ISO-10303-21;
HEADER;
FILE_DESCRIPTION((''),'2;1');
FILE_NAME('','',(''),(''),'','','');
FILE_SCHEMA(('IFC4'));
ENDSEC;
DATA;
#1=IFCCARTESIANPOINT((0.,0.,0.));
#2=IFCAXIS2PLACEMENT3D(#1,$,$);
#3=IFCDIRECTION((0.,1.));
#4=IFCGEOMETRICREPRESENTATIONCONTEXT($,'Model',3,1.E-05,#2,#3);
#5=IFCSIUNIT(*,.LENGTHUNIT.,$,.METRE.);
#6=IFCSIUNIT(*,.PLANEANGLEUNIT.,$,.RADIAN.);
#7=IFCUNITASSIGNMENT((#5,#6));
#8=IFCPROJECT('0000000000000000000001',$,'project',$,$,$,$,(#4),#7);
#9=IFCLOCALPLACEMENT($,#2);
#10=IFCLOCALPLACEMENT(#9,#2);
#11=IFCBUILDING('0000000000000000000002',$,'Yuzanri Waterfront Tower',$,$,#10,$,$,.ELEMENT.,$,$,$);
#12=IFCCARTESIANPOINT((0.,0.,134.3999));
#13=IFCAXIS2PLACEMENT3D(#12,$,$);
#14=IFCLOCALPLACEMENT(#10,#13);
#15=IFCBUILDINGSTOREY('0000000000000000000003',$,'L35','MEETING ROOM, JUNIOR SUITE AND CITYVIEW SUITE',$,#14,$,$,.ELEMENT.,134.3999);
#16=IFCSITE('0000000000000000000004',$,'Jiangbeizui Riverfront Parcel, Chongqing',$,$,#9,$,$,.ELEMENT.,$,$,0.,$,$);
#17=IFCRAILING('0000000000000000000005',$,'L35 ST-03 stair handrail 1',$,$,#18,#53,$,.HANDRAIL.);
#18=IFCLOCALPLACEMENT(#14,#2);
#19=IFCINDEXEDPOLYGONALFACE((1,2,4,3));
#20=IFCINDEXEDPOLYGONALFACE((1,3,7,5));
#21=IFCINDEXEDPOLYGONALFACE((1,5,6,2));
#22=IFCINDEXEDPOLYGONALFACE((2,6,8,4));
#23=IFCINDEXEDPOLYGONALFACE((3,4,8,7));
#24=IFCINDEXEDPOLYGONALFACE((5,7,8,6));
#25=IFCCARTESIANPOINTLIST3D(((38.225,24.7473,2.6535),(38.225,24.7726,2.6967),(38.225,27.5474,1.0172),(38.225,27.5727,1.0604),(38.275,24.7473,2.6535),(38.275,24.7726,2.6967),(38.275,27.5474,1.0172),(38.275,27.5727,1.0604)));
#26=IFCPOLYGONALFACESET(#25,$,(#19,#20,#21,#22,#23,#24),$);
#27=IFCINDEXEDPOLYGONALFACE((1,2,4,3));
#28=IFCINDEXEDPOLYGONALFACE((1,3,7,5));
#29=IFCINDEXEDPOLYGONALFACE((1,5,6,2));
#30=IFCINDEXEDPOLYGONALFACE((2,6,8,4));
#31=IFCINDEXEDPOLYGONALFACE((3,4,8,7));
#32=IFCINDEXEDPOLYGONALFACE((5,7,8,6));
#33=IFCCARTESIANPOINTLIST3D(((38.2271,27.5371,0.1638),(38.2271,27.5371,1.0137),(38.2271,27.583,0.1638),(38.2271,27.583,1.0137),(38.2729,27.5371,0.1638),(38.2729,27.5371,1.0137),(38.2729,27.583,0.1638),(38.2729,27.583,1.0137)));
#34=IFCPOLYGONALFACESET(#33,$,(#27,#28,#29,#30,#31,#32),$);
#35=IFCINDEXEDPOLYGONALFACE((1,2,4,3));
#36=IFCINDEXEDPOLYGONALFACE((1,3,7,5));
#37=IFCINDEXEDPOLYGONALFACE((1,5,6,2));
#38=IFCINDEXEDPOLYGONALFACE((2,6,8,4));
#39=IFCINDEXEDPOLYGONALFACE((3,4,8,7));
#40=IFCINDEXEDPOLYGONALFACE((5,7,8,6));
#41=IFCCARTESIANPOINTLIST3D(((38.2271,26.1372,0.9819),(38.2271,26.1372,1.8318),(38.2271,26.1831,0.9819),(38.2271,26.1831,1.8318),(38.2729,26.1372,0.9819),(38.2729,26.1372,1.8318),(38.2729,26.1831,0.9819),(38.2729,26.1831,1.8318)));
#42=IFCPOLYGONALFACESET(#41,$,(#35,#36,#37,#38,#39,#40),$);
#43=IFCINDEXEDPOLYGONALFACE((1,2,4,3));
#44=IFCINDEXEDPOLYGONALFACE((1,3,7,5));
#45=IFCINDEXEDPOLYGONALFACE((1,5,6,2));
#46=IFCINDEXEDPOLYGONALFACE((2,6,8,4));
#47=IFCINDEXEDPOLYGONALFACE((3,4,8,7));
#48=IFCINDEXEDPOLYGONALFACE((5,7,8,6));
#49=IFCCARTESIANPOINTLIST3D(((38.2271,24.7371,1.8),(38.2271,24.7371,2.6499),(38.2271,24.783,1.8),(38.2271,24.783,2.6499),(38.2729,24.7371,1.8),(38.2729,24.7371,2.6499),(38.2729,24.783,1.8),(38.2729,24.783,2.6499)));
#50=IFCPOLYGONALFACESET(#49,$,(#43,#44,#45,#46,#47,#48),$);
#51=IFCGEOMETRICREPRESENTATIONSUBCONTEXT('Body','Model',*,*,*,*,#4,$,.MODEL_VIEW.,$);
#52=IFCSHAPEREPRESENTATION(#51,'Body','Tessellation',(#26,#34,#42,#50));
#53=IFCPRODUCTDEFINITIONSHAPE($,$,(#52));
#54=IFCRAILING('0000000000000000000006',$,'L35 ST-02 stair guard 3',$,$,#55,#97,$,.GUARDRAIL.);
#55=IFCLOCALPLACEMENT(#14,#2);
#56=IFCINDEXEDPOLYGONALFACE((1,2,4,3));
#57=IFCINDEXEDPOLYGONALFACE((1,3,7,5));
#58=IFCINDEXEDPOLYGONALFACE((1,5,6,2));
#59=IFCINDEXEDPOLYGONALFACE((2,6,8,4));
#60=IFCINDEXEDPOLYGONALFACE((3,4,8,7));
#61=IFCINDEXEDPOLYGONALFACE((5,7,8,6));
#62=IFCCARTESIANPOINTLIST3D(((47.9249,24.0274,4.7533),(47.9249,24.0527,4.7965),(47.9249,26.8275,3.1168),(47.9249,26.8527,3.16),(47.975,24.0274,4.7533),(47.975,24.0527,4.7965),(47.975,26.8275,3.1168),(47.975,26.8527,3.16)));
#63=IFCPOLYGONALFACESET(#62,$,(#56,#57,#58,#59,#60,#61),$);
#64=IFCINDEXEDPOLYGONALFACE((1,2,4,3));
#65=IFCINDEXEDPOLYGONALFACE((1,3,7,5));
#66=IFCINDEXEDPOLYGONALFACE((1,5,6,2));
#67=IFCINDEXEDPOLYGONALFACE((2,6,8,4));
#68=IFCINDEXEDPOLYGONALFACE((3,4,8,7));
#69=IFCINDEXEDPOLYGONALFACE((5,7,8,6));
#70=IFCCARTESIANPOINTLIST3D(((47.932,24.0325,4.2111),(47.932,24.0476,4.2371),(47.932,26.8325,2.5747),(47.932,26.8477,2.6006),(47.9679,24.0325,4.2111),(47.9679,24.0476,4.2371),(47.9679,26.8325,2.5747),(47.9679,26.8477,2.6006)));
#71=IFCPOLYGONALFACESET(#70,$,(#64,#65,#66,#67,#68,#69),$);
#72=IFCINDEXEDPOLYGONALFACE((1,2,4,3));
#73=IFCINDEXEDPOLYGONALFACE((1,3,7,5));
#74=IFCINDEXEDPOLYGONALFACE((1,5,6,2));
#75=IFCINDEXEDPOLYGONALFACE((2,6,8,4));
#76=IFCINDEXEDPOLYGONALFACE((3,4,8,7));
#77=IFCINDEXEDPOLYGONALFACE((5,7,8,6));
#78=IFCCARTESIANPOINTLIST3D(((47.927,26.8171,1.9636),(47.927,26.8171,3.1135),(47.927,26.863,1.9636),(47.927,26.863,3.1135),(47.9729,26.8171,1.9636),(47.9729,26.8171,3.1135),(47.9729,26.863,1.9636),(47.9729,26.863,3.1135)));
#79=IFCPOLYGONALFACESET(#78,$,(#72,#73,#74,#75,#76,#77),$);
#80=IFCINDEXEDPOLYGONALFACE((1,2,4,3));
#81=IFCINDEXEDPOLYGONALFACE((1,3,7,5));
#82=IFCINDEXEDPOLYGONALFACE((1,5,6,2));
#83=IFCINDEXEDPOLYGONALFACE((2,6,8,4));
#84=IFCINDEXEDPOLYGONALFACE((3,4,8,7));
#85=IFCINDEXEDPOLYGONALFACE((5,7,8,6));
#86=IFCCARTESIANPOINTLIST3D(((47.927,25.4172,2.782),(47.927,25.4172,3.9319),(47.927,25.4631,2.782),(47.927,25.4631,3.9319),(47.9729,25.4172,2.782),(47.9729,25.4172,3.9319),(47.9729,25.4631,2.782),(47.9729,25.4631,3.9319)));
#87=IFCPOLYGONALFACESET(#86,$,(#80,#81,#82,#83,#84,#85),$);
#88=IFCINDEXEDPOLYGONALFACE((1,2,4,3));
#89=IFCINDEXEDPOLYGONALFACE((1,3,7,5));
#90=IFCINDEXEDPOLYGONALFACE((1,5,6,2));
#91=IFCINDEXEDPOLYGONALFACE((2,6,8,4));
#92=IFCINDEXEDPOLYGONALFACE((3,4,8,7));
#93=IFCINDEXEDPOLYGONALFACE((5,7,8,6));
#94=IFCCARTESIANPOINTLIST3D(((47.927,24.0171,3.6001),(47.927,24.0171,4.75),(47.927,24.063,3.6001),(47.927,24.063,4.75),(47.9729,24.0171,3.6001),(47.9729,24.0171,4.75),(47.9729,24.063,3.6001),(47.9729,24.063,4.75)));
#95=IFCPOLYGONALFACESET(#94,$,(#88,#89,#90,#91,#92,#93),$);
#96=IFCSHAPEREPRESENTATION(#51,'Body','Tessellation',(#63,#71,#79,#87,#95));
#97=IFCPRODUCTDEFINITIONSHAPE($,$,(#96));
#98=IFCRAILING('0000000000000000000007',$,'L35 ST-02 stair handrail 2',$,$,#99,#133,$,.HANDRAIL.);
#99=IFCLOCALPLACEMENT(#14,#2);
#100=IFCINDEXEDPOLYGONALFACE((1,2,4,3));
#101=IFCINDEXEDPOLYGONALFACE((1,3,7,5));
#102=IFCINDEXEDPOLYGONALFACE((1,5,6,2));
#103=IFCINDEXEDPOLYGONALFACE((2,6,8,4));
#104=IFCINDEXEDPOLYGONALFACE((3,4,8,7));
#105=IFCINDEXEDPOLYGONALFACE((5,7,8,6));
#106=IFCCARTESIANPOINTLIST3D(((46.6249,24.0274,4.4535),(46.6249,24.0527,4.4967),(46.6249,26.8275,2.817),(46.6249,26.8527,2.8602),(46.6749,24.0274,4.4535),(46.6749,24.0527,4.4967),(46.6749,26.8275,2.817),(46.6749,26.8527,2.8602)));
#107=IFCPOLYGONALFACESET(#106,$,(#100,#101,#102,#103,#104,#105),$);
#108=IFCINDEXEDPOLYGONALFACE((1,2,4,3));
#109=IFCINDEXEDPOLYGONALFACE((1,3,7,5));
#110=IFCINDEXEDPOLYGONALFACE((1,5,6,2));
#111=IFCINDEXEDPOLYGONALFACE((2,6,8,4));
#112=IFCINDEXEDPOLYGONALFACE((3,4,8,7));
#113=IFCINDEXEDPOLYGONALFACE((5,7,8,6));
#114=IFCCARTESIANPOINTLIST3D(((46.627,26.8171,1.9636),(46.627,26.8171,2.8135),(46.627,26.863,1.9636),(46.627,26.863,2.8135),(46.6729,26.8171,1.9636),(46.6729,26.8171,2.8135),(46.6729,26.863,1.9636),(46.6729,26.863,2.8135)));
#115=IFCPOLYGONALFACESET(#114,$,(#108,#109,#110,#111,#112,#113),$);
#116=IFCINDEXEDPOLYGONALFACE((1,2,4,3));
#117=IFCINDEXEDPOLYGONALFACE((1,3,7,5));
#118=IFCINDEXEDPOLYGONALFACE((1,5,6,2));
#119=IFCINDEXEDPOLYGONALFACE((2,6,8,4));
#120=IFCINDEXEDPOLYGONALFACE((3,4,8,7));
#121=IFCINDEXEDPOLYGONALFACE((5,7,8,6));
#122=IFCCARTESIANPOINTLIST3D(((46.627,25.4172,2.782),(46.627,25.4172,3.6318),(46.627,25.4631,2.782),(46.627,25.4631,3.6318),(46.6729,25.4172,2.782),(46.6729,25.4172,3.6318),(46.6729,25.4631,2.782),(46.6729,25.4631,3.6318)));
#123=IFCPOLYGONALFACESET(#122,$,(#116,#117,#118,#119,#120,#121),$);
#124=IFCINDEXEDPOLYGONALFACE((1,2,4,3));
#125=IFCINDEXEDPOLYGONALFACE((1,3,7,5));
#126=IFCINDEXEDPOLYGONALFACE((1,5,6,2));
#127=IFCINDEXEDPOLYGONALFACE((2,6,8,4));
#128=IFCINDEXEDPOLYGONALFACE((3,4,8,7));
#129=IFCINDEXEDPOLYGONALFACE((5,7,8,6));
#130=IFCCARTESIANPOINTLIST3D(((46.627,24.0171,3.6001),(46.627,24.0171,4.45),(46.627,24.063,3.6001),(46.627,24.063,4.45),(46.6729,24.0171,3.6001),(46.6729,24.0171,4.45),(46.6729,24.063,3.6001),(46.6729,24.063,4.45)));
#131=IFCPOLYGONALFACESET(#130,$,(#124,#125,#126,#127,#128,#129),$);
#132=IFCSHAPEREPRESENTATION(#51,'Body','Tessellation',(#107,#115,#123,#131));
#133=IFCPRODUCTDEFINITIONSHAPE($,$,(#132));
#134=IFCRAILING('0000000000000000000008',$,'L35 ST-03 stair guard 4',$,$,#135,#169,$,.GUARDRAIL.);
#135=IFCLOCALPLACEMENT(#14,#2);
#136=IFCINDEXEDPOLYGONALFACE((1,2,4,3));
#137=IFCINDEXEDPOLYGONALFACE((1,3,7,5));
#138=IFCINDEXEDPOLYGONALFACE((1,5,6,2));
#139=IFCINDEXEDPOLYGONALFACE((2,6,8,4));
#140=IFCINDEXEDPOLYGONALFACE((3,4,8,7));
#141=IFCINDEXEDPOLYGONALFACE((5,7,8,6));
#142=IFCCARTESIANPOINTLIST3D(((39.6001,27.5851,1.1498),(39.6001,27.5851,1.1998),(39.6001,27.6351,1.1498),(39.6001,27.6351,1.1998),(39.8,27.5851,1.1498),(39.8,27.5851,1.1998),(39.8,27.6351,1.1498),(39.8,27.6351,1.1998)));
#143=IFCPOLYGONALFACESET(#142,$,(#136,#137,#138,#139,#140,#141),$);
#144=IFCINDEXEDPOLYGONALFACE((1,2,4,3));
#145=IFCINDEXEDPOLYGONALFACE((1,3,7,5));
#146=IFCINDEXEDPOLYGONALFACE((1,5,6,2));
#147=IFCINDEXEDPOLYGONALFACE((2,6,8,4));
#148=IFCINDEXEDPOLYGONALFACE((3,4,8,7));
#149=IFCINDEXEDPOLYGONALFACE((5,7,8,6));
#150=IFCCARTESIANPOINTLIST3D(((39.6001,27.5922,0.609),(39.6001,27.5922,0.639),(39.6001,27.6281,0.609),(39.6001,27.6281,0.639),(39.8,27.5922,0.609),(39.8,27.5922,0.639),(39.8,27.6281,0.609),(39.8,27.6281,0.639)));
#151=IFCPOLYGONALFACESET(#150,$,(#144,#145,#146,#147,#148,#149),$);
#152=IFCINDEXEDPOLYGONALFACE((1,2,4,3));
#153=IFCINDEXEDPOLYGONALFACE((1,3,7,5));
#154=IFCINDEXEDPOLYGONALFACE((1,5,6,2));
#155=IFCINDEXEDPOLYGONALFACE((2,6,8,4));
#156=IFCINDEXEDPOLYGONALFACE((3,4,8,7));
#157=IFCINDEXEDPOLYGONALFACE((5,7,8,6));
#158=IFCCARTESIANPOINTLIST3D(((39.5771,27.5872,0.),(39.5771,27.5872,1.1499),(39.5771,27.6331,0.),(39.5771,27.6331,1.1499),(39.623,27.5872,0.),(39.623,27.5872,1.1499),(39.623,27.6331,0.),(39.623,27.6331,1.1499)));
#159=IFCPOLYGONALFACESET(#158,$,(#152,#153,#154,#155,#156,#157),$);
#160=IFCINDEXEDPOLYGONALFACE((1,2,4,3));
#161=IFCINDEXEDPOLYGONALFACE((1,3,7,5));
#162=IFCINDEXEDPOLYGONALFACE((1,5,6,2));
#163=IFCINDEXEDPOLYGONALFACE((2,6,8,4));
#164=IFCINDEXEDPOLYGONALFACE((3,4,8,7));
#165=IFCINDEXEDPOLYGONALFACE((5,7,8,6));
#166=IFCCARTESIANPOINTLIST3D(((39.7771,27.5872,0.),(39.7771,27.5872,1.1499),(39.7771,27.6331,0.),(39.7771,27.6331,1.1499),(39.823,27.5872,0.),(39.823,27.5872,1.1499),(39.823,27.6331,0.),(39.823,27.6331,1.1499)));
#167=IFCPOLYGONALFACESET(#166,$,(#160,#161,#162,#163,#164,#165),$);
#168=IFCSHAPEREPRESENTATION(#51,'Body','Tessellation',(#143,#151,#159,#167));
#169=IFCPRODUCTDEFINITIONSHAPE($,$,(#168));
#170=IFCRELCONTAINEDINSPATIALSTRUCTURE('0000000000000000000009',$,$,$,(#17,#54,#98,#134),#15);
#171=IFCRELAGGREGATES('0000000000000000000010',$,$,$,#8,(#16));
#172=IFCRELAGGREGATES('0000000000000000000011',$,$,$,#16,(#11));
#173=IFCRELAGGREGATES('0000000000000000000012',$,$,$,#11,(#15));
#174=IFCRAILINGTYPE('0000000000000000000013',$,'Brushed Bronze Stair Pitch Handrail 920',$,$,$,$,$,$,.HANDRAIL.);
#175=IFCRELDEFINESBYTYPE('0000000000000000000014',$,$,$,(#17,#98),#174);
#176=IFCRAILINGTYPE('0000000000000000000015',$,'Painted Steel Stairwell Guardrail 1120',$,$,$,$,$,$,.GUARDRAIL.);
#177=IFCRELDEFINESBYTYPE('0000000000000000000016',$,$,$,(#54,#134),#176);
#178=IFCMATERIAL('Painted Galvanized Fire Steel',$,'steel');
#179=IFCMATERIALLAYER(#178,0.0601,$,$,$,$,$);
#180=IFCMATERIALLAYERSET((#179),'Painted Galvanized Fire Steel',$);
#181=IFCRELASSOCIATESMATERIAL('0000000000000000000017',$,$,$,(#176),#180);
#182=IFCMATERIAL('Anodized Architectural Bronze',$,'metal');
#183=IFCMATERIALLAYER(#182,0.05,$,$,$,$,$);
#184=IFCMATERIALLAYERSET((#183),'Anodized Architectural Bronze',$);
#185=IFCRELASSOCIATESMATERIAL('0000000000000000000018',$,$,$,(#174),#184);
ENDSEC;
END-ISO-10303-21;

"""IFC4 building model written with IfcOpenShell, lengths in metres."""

from ifc_helpers import new_model, si_unit, direction, frame, origin, origin_2d, place, context, subcontext, project, spatial, rectangle, extrude, source, transform, mapped, material, layer, layer_set, type_object, element, save


model = new_model("IFC4")

# Units and contexts
model_context = context("Model", 3, precision=1e-05, world=origin(), true_north=direction((0.0, 1.0)))
body_context = subcontext(model_context, "Body", "Model", "MODEL_VIEW")
ifc_project = project(units=[si_unit("LENGTHUNIT", "METRE"), si_unit("PLANEANGLEUNIT", "RADIAN")], contexts=[model_context])

# Site, building, storey
site_placement = place(None, origin())
site = spatial("IfcSite", under=ifc_project, at=site_placement, Name="Jiangbeizui Riverfront Parcel, Chongqing", CompositionType="ELEMENT", RefElevation=0.0)
building_placement = place(site_placement, origin())
building = spatial("IfcBuilding", under=site, at=building_placement, Name="Yuzanri Waterfront Tower", CompositionType="ELEMENT")
storey_placement = place(building_placement, frame((0.0, 0.0, 134.3999)))
storey = spatial("IfcBuildingStorey", under=building, at=storey_placement, Name="L35", Description="MEETING ROOM, JUNIOR SUITE AND CITYVIEW SUITE", CompositionType="ELEMENT", Elevation=134.3999)

# Railings
ifc_material_1 = material(Name="Painted Galvanized Fire Steel", Category="steel")
ifc_layer_1 = layer(ifc_material_1, 0.0601)
ifc_layer_set_1 = layer_set([ifc_layer_1], Name="Painted Galvanized Fire Steel")
railing_type_1 = type_object("IfcRailingType", Name="Painted Steel Stairwell Guardrail 1120", PredefinedType="GUARDRAIL", material=ifc_layer_set_1)
ifc_material_2 = material(Name="Anodized Architectural Bronze", Category="metal")
ifc_layer_2 = layer(ifc_material_2, 0.05)
ifc_layer_set_2 = layer_set([ifc_layer_2], Name="Anodized Architectural Bronze")
railing_type_2 = type_object("IfcRailingType", Name="Brushed Bronze Stair Pitch Handrail 920", PredefinedType="HANDRAIL", material=ifc_layer_set_2)
shared_shape_1 = source(origin(), body_context, "Body", "SweptSolid", [
    extrude(rectangle(XDim=0.05, YDim=0.05, at=origin_2d()), frame((0.0, 0.0, 0.875), z_axis=(0.0, -0.863394, 0.504531), x_axis=(1.0, 0.0, 0.0)), (0.0, 0.0, 1.0), 3.2432),
    extrude(rectangle(XDim=0.0459, YDim=0.0459, at=origin_2d()), origin(), (0.0, 0.0, 1.0), 0.8499),
    extrude(rectangle(XDim=0.0459, YDim=0.0459, at=origin_2d()), frame((0.0, -1.3999, 0.8181)), (0.0, 0.0, 1.0), 0.8499),
    extrude(rectangle(XDim=0.0459, YDim=0.0459, at=origin_2d()), frame((0.0, -2.8, 1.6362)), (0.0, 0.0, 1.0), 0.8499),
])
railing_1_placement = place(storey_placement, frame((38.25, 27.5601, 0.1638)))
element("IfcRailing", 1, at=railing_1_placement, inside=storey, type_object=railing_type_2, Name="L35 ST-03 stair handrail 1", PredefinedType="HANDRAIL", context=body_context, shape_type="MappedRepresentation", body=[
    mapped(shared_shape_1, transform((0.0, 0.0, 0.0), scale=1.0)),
])
shared_shape_2 = source(origin(), body_context, "Body", "SweptSolid", [
    extrude(rectangle(XDim=0.05, YDim=0.05, at=origin_2d()), frame((0.0, 0.0, 1.1748), z_axis=(0.0, -0.863361, 0.504587), x_axis=(1.0, 0.0, 0.0)), (0.0, 0.0, 1.0), 3.2432),
    extrude(rectangle(XDim=0.0359, YDim=0.03, at=origin_2d()), frame((0.0, 0.0, 0.624), z_axis=(0.0, -0.863361, 0.504587), x_axis=(1.0, 0.0, 0.0)), (0.0, 0.0, 1.0), 3.2432),
    extrude(rectangle(XDim=0.0459, YDim=0.0459, at=origin_2d()), origin(), (0.0, 0.0, 1.0), 1.1499),
    extrude(rectangle(XDim=0.0459, YDim=0.0459, at=origin_2d()), frame((0.0, -1.3999, 0.8184)), (0.0, 0.0, 1.0), 1.1499),
    extrude(rectangle(XDim=0.0459, YDim=0.0459, at=origin_2d()), frame((0.0, -2.8, 1.6365)), (0.0, 0.0, 1.0), 1.1499),
])
railing_2_placement = place(storey_placement, frame((47.95, 26.8401, 1.9636)))
element("IfcRailing", 2, at=railing_2_placement, inside=storey, type_object=railing_type_1, Name="L35 ST-02 stair guard 3", PredefinedType="GUARDRAIL", context=body_context, shape_type="MappedRepresentation", body=[
    mapped(shared_shape_2, transform((0.0, 0.0, 0.0), scale=1.0)),
])
shared_shape_3 = source(origin(), body_context, "Body", "SweptSolid", [
    extrude(rectangle(XDim=0.05, YDim=0.05, at=origin_2d()), frame((0.0, 0.0, 0.875), z_axis=(0.0, -0.863361, 0.504587), x_axis=(1.0, 0.0, 0.0)), (0.0, 0.0, 1.0), 3.2432),
    extrude(rectangle(XDim=0.0459, YDim=0.0459, at=origin_2d()), origin(), (0.0, 0.0, 1.0), 0.8499),
    extrude(rectangle(XDim=0.0459, YDim=0.0459, at=origin_2d()), frame((0.0, -1.3999, 0.8184)), (0.0, 0.0, 1.0), 0.8499),
    extrude(rectangle(XDim=0.0459, YDim=0.0459, at=origin_2d()), frame((0.0, -2.8, 1.6365)), (0.0, 0.0, 1.0), 0.8499),
])
railing_3_placement = place(storey_placement, frame((46.6499, 26.8401, 1.9636)))
element("IfcRailing", 3, at=railing_3_placement, inside=storey, type_object=railing_type_2, Name="L35 ST-02 stair handrail 2", PredefinedType="HANDRAIL", context=body_context, shape_type="MappedRepresentation", body=[
    mapped(shared_shape_3, transform((0.0, 0.0, 0.0), scale=1.0)),
])
shared_shape_4 = source(origin(), body_context, "Body", "SweptSolid", [
    extrude(rectangle(XDim=0.05, YDim=0.05, at=origin_2d()), frame((0.0, 0.0, 1.1748), z_axis=(1.0, 0.0, 0.0), x_axis=(0.0, 1.0, 0.0)), (0.0, 0.0, 1.0), 0.2),
    extrude(rectangle(XDim=0.0359, YDim=0.03, at=origin_2d()), frame((0.0, 0.0, 0.624), z_axis=(1.0, 0.0, 0.0), x_axis=(0.0, 1.0, 0.0)), (0.0, 0.0, 1.0), 0.2),
    extrude(rectangle(XDim=0.0459, YDim=0.0459, at=origin_2d()), origin(), (0.0, 0.0, 1.0), 1.1499),
    extrude(rectangle(XDim=0.0459, YDim=0.0459, at=origin_2d()), frame((0.2, 0.0, 0.0)), (0.0, 0.0, 1.0), 1.1499),
])
railing_4_placement = place(storey_placement, frame((39.6001, 27.6101, 0.0)))
element("IfcRailing", 4, at=railing_4_placement, inside=storey, type_object=railing_type_1, Name="L35 ST-03 stair guard 4", PredefinedType="GUARDRAIL", context=body_context, shape_type="MappedRepresentation", body=[
    mapped(shared_shape_4, transform((0.0, 0.0, 0.0), scale=1.0)),
])

save(model, "model.ifc")
